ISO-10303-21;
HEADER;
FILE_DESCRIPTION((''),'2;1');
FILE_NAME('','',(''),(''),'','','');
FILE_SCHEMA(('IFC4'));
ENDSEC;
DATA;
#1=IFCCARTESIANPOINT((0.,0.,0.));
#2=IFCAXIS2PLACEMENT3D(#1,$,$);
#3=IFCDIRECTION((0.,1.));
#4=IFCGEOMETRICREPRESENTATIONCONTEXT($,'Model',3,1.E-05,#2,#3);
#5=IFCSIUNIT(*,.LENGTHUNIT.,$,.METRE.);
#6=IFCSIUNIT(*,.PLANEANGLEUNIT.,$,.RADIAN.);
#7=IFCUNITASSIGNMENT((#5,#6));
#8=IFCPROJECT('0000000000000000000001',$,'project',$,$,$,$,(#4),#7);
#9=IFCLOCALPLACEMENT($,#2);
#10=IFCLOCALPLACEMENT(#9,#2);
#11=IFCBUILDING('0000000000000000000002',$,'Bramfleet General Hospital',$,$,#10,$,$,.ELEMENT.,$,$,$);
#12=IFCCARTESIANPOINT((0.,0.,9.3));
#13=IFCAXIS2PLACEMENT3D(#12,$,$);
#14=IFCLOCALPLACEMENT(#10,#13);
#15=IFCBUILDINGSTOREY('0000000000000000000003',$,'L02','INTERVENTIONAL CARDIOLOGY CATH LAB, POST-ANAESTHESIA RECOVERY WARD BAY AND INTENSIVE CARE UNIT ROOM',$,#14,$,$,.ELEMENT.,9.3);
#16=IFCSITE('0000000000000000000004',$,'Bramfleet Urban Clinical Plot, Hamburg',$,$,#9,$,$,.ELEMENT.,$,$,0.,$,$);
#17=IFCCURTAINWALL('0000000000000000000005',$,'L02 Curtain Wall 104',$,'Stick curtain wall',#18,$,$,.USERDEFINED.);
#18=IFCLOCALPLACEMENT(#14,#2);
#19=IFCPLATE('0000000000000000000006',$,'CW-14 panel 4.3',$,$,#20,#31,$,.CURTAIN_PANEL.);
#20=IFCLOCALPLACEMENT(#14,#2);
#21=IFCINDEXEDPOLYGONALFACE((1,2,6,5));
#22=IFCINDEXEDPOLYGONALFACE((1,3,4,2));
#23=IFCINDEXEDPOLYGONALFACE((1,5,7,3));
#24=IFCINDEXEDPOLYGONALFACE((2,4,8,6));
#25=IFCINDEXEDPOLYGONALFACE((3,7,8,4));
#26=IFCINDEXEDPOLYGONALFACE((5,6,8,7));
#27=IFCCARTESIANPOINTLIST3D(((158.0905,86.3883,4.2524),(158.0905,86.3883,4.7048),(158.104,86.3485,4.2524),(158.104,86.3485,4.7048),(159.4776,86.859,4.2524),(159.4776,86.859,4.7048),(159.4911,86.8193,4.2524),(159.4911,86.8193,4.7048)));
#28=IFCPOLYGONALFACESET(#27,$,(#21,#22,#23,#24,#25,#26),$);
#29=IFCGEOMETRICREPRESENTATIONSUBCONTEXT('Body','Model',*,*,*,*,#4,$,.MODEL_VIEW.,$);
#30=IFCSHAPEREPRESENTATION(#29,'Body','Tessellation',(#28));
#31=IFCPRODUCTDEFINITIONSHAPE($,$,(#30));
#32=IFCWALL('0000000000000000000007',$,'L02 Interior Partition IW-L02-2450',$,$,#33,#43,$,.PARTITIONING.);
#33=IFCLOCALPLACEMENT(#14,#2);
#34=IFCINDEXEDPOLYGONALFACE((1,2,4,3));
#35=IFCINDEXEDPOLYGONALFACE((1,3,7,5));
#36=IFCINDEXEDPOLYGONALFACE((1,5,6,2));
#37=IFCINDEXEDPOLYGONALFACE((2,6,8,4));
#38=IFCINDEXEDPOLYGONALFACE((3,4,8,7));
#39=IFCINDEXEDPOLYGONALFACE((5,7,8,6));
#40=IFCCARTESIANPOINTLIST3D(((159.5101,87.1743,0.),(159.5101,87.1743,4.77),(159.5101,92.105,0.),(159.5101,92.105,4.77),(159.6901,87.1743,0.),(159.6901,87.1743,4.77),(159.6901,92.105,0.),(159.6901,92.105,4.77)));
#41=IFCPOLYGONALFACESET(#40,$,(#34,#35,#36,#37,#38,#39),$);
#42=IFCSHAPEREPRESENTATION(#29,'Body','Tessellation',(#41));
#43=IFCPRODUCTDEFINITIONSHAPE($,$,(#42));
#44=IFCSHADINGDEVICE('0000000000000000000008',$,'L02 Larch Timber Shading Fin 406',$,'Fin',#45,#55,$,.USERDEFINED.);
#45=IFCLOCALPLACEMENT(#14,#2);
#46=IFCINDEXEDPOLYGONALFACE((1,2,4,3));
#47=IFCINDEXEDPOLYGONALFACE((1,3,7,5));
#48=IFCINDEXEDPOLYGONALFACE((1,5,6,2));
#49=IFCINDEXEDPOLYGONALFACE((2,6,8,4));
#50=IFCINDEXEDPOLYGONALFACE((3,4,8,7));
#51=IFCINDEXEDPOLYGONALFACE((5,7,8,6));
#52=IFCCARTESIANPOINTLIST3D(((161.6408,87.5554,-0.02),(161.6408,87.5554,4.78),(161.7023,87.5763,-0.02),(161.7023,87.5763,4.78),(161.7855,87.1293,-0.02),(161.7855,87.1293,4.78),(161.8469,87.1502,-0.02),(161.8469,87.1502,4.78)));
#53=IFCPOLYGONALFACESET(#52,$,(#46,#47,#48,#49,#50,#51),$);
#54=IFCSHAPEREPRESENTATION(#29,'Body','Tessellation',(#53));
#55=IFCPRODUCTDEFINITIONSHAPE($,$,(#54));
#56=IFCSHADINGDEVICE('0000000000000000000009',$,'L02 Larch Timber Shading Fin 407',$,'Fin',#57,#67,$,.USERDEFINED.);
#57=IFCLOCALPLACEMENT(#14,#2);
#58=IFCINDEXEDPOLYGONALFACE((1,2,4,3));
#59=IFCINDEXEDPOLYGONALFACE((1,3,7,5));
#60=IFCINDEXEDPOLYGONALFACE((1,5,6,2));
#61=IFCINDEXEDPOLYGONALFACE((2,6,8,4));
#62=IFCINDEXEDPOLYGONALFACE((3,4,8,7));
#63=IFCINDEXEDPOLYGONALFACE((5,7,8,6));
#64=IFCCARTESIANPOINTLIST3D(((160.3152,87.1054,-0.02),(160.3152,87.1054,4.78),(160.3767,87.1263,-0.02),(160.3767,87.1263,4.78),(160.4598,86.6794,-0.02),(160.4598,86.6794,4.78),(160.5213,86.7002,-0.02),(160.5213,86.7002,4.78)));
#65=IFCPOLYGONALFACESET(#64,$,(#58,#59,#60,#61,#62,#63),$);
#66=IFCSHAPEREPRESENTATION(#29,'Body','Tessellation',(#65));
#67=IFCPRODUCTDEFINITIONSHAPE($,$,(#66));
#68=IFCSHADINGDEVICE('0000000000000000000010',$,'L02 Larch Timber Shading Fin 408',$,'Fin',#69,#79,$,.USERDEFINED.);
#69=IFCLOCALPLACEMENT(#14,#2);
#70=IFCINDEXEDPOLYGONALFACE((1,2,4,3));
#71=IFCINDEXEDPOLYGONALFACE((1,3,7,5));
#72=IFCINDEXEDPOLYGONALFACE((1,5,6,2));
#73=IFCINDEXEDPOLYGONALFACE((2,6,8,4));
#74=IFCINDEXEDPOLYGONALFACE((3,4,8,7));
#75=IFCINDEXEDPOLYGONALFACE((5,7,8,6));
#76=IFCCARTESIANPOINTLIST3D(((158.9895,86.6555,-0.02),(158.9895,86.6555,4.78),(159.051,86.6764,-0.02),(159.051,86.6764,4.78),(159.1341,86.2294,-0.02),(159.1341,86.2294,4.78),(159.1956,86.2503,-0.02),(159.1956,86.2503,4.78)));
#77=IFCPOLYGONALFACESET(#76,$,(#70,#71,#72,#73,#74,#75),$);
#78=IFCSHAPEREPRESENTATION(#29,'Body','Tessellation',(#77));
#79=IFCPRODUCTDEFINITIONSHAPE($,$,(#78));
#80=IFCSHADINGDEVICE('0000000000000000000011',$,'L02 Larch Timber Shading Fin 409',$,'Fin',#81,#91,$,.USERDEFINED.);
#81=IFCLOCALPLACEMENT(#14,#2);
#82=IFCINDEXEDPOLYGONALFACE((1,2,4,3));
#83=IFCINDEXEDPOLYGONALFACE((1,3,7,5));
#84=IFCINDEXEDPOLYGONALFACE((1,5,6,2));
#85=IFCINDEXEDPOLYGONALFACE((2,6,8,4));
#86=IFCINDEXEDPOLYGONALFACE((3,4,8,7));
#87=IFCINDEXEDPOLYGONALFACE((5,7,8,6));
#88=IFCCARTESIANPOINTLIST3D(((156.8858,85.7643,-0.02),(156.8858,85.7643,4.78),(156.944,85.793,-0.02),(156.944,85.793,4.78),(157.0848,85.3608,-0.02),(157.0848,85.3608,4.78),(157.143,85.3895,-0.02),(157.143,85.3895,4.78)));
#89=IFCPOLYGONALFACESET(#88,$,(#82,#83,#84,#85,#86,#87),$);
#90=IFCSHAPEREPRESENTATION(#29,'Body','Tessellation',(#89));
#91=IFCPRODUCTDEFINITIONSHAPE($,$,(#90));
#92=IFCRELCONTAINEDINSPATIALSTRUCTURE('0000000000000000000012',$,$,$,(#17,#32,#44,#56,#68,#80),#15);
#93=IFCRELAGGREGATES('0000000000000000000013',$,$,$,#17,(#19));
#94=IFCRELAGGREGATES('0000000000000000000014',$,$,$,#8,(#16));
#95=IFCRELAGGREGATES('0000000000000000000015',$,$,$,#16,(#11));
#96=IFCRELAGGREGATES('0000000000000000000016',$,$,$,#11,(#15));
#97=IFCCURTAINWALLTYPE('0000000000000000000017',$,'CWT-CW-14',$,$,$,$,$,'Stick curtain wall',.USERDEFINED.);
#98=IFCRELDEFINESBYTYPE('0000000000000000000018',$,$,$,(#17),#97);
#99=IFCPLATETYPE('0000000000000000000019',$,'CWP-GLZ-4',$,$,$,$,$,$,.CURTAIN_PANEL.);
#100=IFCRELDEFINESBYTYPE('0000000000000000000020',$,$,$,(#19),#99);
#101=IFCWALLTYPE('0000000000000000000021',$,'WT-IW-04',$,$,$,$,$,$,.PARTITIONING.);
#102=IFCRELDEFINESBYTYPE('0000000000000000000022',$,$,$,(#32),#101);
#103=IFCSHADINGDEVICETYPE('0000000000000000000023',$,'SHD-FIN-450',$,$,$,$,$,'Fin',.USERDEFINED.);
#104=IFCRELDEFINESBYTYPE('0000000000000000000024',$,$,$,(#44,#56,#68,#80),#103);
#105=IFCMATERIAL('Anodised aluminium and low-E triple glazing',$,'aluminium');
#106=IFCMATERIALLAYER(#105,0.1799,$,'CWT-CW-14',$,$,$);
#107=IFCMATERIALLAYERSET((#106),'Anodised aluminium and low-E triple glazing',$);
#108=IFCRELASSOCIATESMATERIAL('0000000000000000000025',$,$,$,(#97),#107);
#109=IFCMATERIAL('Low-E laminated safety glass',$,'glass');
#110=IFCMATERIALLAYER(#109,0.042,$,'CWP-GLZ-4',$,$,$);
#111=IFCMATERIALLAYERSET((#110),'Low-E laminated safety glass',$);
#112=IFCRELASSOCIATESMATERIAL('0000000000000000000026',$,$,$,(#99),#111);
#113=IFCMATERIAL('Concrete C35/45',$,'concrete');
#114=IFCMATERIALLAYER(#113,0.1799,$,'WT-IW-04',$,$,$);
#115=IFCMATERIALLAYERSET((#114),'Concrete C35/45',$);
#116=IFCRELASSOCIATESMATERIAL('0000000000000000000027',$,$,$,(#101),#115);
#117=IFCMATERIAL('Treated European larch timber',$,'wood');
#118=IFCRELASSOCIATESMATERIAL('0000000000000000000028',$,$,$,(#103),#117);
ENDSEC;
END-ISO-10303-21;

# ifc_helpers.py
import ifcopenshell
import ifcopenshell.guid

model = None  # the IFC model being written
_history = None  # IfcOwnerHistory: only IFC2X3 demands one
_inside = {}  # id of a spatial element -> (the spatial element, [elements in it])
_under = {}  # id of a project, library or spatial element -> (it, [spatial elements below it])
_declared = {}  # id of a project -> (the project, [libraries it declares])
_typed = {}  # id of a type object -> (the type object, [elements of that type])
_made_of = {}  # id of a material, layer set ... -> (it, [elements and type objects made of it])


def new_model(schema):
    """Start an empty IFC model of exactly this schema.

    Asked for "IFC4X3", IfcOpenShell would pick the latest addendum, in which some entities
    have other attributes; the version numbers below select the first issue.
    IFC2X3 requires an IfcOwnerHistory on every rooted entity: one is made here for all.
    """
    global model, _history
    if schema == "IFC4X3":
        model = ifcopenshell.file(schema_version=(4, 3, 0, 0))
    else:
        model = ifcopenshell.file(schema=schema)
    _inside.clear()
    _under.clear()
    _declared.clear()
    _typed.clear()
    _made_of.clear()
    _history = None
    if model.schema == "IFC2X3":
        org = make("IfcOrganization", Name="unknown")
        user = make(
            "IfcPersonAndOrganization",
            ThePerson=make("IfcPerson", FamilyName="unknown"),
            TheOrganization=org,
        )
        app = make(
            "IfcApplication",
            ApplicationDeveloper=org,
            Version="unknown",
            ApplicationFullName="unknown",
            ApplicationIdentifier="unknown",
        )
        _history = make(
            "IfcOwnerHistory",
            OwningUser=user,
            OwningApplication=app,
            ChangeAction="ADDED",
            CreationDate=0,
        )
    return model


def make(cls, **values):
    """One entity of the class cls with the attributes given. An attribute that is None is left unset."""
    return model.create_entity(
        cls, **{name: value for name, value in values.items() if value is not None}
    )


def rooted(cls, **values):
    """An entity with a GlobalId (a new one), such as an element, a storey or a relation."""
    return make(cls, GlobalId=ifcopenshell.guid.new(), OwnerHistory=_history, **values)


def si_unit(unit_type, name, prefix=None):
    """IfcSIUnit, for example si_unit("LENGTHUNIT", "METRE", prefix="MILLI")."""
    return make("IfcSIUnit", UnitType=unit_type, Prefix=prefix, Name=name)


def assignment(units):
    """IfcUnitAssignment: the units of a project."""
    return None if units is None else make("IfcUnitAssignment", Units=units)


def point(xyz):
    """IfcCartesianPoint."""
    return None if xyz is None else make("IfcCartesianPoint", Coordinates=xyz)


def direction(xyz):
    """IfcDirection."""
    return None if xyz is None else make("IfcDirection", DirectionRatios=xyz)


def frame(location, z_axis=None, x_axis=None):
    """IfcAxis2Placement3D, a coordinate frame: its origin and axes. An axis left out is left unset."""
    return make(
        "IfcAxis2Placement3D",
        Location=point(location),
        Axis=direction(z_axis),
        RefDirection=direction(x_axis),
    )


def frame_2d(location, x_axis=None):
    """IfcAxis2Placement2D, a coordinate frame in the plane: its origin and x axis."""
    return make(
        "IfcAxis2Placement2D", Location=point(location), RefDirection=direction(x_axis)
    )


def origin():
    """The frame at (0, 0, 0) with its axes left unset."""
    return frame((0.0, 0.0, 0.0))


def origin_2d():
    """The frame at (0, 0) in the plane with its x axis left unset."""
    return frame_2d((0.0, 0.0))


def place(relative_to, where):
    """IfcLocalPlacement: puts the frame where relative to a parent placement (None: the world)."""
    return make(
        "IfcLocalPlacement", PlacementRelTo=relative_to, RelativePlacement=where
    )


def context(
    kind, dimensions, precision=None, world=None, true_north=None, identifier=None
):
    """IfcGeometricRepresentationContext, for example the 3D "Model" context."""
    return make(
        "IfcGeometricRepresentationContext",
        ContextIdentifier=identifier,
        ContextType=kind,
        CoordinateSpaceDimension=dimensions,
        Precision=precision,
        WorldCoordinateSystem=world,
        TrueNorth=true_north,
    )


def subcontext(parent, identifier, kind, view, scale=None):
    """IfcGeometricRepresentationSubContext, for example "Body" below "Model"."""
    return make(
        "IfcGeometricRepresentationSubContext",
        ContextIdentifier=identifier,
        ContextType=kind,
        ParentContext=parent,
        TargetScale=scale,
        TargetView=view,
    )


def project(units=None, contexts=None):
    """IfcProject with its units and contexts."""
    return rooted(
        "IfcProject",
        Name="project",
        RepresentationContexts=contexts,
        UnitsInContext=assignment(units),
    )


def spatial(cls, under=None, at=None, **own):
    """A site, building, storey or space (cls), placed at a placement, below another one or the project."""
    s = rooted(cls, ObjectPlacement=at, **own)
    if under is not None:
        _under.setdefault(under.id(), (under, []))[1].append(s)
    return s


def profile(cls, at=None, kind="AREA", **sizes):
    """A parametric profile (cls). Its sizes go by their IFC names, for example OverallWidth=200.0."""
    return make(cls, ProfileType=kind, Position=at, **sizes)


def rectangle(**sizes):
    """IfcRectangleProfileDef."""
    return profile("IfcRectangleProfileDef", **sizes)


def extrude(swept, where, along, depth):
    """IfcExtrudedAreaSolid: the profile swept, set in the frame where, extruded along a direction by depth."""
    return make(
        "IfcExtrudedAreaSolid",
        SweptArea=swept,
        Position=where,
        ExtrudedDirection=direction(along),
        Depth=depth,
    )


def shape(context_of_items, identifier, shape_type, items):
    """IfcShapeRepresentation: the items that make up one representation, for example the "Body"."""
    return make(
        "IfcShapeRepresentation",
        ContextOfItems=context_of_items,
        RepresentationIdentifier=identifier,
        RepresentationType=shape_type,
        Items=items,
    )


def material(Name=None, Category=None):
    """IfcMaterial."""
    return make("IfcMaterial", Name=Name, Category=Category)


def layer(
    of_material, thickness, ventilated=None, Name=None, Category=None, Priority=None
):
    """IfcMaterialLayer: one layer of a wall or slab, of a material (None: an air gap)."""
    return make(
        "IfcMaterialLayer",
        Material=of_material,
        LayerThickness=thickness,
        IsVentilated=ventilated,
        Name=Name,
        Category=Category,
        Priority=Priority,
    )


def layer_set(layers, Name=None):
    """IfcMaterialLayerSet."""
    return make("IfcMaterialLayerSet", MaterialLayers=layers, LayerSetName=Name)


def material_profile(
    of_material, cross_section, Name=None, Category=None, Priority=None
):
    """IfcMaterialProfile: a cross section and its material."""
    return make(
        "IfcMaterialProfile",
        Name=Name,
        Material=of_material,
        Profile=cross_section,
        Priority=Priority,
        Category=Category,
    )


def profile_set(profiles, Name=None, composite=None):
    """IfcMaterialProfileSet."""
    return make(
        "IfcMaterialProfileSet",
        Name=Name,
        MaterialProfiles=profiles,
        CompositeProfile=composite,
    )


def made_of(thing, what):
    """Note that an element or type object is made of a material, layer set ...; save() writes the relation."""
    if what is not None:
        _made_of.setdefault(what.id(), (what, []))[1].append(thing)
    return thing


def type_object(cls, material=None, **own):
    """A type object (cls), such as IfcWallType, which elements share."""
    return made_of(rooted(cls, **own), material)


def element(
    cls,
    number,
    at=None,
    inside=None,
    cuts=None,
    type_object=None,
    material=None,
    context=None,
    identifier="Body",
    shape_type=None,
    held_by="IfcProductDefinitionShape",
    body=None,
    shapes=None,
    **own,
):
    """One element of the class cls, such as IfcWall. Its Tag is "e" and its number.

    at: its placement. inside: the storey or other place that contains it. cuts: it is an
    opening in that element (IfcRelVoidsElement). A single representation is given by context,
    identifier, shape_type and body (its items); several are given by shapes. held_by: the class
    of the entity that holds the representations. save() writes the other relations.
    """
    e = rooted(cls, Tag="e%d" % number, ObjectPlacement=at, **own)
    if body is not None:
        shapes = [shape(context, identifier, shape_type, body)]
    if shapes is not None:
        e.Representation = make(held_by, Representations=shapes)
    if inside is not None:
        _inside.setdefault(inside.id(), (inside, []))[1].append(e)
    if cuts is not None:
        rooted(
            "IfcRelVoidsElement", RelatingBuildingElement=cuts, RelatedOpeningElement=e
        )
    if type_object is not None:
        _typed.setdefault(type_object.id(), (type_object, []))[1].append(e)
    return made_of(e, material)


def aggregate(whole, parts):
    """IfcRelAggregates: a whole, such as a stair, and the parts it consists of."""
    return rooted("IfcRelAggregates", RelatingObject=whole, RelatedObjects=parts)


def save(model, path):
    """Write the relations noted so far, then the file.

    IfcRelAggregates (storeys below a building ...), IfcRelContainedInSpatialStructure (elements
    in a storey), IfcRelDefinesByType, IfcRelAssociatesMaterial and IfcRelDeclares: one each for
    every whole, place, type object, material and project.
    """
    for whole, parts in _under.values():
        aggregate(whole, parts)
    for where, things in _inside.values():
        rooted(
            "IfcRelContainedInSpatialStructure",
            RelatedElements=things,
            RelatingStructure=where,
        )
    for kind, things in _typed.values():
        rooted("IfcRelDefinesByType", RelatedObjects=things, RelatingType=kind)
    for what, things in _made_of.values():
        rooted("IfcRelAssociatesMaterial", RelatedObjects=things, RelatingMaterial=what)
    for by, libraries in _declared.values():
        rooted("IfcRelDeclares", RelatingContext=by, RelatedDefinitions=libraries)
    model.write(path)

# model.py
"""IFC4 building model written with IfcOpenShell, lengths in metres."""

from ifc_helpers import new_model, si_unit, direction, frame, frame_2d, origin, origin_2d, place, context, subcontext, project, spatial, rectangle, extrude, material, layer, layer_set, material_profile, profile_set, type_object, element, aggregate, save


model = new_model("IFC4")

# Units and contexts
model_context = context("Model", 3, precision=1e-05, world=origin(), true_north=direction((0.0, 1.0)))
body_context = subcontext(model_context, "Body", "Model", "MODEL_VIEW")
ifc_project = project(units=[si_unit("LENGTHUNIT", "METRE"), si_unit("PLANEANGLEUNIT", "RADIAN")], contexts=[model_context])

# Site, building, storey
site_placement = place(None, origin())
site = spatial("IfcSite", under=ifc_project, at=site_placement, Name="Bramfleet Urban Clinical Plot, Hamburg", CompositionType="ELEMENT", RefElevation=0.0)
building_placement = place(site_placement, origin())
building = spatial("IfcBuilding", under=site, at=building_placement, Name="Bramfleet General Hospital", CompositionType="ELEMENT")
storey_placement = place(building_placement, frame((0.0, 0.0, 9.3)))
storey = spatial("IfcBuildingStorey", under=building, at=storey_placement, Name="L02", Description="INTERVENTIONAL CARDIOLOGY CATH LAB, POST-ANAESTHESIA RECOVERY WARD BAY AND INTENSIVE CARE UNIT ROOM", CompositionType="ELEMENT", Elevation=9.3)

# Curtain wall
ifc_material_1 = material(Name="Anodised aluminium and low-E triple glazing", Category="aluminium")
ifc_layer_1 = layer(ifc_material_1, 0.1799, Name="CWT-CW-14")
ifc_layer_set_1 = layer_set([ifc_layer_1], Name="Anodised aluminium and low-E triple glazing")
curtain_wall_type_1 = type_object("IfcCurtainWallType", Name="CWT-CW-14", ElementType="Stick curtain wall", PredefinedType="USERDEFINED", material=ifc_layer_set_1)
curtain_wall_1_placement = place(storey_placement, origin())
curtain_wall_1 = element("IfcCurtainWall", 1, at=curtain_wall_1_placement, inside=storey, type_object=curtain_wall_type_1, Name="L02 Curtain Wall 104", ObjectType="Stick curtain wall", PredefinedType="USERDEFINED")

# Plate
ifc_material_2 = material(Name="Low-E laminated safety glass", Category="glass")
ifc_layer_2 = layer(ifc_material_2, 0.042, Name="CWP-GLZ-4")
ifc_layer_set_2 = layer_set([ifc_layer_2], Name="Low-E laminated safety glass")
plate_type_1 = type_object("IfcPlateType", Name="CWP-GLZ-4", PredefinedType="CURTAIN_PANEL", material=ifc_layer_set_2)
plate_1_placement = place(storey_placement, frame((158.7908, 86.6038, 4.2524), z_axis=(0.0, 0.0, 1.0), x_axis=(-0.946949, -0.321383, 0.0)))
plate_1 = element("IfcPlate", 2, at=plate_1_placement, type_object=plate_type_1, Name="CW-14 panel 4.3", PredefinedType="CURTAIN_PANEL", context=body_context, shape_type="SweptSolid", body=[
    extrude(rectangle(XDim=1.4648, YDim=0.042, at=origin_2d()), origin(), (0.0, 0.0, 1.0), 0.4524),
])
aggregate(curtain_wall_1, [plate_1])

# Wall
ifc_material_3 = material(Name="Concrete C35/45", Category="concrete")
ifc_layer_3 = layer(ifc_material_3, 0.1799, Name="WT-IW-04")
ifc_layer_set_3 = layer_set([ifc_layer_3], Name="Concrete C35/45")
wall_type = type_object("IfcWallType", Name="WT-IW-04", PredefinedType="PARTITIONING", material=ifc_layer_set_3)
wall_placement = place(storey_placement, frame((159.6001, 87.1743, 0.0), z_axis=(0.0, 0.0, 1.0), x_axis=(0.0, 1.0, 0.0)))
element("IfcWall", 3, at=wall_placement, inside=storey, type_object=wall_type, Name="L02 Interior Partition IW-L02-2450", PredefinedType="PARTITIONING", context=body_context, shape_type="SweptSolid", body=[
    extrude(rectangle(XDim=4.9307, YDim=0.1799, at=frame_2d((2.4653, 0.0))), origin(), (0.0, 0.0, 1.0), 4.77),
])

# Shading devices
ifc_material_4 = material(Name="Treated European larch timber", Category="wood")
ifc_material_profile_1 = material_profile(ifc_material_4, rectangle(XDim=0.0649, YDim=0.45, at=origin_2d()), Name="LARCH FIN 450x65")
ifc_profile_set_1 = profile_set([ifc_material_profile_1], Name="Treated European larch timber")
shading_device_type = type_object("IfcShadingDeviceType", Name="SHD-FIN-450", ElementType="Fin", PredefinedType="USERDEFINED", material=ifc_profile_set_1)
for number, where, z_axis, x_axis, name in (
    (4, (161.7439, 87.3528, -0.02), (0.0, 0.0, 1.0), (-0.946949, -0.321383, 0.0), "L02 Larch Timber Shading Fin 406"),
    (5, (160.4182, 86.9028, -0.02), (0.0, 0.0, 1.0), (-0.946949, -0.321383, 0.0), "L02 Larch Timber Shading Fin 407"),
    (6, (159.0925, 86.4529, -0.02), (0.0, 0.0, 1.0), (-0.946949, -0.321383, 0.0), "L02 Larch Timber Shading Fin 408"),
    (7, (157.0144, 85.5769, -0.02), (0.0, 0.0, 1.0), (-0.896865, -0.442305, 0.0), "L02 Larch Timber Shading Fin 409"),
):
    element("IfcShadingDevice", number, at=place(storey_placement, frame(where, z_axis=z_axis, x_axis=x_axis)), inside=storey, type_object=shading_device_type, Name=name, ObjectType="Fin", PredefinedType="USERDEFINED", context=body_context, shape_type="SweptSolid", body=[
        extrude(rectangle(XDim=0.0649, YDim=0.45, at=origin_2d()), origin(), (0.0, 0.0, 1.0), 4.8),
    ])

save(model, "model.ifc")
